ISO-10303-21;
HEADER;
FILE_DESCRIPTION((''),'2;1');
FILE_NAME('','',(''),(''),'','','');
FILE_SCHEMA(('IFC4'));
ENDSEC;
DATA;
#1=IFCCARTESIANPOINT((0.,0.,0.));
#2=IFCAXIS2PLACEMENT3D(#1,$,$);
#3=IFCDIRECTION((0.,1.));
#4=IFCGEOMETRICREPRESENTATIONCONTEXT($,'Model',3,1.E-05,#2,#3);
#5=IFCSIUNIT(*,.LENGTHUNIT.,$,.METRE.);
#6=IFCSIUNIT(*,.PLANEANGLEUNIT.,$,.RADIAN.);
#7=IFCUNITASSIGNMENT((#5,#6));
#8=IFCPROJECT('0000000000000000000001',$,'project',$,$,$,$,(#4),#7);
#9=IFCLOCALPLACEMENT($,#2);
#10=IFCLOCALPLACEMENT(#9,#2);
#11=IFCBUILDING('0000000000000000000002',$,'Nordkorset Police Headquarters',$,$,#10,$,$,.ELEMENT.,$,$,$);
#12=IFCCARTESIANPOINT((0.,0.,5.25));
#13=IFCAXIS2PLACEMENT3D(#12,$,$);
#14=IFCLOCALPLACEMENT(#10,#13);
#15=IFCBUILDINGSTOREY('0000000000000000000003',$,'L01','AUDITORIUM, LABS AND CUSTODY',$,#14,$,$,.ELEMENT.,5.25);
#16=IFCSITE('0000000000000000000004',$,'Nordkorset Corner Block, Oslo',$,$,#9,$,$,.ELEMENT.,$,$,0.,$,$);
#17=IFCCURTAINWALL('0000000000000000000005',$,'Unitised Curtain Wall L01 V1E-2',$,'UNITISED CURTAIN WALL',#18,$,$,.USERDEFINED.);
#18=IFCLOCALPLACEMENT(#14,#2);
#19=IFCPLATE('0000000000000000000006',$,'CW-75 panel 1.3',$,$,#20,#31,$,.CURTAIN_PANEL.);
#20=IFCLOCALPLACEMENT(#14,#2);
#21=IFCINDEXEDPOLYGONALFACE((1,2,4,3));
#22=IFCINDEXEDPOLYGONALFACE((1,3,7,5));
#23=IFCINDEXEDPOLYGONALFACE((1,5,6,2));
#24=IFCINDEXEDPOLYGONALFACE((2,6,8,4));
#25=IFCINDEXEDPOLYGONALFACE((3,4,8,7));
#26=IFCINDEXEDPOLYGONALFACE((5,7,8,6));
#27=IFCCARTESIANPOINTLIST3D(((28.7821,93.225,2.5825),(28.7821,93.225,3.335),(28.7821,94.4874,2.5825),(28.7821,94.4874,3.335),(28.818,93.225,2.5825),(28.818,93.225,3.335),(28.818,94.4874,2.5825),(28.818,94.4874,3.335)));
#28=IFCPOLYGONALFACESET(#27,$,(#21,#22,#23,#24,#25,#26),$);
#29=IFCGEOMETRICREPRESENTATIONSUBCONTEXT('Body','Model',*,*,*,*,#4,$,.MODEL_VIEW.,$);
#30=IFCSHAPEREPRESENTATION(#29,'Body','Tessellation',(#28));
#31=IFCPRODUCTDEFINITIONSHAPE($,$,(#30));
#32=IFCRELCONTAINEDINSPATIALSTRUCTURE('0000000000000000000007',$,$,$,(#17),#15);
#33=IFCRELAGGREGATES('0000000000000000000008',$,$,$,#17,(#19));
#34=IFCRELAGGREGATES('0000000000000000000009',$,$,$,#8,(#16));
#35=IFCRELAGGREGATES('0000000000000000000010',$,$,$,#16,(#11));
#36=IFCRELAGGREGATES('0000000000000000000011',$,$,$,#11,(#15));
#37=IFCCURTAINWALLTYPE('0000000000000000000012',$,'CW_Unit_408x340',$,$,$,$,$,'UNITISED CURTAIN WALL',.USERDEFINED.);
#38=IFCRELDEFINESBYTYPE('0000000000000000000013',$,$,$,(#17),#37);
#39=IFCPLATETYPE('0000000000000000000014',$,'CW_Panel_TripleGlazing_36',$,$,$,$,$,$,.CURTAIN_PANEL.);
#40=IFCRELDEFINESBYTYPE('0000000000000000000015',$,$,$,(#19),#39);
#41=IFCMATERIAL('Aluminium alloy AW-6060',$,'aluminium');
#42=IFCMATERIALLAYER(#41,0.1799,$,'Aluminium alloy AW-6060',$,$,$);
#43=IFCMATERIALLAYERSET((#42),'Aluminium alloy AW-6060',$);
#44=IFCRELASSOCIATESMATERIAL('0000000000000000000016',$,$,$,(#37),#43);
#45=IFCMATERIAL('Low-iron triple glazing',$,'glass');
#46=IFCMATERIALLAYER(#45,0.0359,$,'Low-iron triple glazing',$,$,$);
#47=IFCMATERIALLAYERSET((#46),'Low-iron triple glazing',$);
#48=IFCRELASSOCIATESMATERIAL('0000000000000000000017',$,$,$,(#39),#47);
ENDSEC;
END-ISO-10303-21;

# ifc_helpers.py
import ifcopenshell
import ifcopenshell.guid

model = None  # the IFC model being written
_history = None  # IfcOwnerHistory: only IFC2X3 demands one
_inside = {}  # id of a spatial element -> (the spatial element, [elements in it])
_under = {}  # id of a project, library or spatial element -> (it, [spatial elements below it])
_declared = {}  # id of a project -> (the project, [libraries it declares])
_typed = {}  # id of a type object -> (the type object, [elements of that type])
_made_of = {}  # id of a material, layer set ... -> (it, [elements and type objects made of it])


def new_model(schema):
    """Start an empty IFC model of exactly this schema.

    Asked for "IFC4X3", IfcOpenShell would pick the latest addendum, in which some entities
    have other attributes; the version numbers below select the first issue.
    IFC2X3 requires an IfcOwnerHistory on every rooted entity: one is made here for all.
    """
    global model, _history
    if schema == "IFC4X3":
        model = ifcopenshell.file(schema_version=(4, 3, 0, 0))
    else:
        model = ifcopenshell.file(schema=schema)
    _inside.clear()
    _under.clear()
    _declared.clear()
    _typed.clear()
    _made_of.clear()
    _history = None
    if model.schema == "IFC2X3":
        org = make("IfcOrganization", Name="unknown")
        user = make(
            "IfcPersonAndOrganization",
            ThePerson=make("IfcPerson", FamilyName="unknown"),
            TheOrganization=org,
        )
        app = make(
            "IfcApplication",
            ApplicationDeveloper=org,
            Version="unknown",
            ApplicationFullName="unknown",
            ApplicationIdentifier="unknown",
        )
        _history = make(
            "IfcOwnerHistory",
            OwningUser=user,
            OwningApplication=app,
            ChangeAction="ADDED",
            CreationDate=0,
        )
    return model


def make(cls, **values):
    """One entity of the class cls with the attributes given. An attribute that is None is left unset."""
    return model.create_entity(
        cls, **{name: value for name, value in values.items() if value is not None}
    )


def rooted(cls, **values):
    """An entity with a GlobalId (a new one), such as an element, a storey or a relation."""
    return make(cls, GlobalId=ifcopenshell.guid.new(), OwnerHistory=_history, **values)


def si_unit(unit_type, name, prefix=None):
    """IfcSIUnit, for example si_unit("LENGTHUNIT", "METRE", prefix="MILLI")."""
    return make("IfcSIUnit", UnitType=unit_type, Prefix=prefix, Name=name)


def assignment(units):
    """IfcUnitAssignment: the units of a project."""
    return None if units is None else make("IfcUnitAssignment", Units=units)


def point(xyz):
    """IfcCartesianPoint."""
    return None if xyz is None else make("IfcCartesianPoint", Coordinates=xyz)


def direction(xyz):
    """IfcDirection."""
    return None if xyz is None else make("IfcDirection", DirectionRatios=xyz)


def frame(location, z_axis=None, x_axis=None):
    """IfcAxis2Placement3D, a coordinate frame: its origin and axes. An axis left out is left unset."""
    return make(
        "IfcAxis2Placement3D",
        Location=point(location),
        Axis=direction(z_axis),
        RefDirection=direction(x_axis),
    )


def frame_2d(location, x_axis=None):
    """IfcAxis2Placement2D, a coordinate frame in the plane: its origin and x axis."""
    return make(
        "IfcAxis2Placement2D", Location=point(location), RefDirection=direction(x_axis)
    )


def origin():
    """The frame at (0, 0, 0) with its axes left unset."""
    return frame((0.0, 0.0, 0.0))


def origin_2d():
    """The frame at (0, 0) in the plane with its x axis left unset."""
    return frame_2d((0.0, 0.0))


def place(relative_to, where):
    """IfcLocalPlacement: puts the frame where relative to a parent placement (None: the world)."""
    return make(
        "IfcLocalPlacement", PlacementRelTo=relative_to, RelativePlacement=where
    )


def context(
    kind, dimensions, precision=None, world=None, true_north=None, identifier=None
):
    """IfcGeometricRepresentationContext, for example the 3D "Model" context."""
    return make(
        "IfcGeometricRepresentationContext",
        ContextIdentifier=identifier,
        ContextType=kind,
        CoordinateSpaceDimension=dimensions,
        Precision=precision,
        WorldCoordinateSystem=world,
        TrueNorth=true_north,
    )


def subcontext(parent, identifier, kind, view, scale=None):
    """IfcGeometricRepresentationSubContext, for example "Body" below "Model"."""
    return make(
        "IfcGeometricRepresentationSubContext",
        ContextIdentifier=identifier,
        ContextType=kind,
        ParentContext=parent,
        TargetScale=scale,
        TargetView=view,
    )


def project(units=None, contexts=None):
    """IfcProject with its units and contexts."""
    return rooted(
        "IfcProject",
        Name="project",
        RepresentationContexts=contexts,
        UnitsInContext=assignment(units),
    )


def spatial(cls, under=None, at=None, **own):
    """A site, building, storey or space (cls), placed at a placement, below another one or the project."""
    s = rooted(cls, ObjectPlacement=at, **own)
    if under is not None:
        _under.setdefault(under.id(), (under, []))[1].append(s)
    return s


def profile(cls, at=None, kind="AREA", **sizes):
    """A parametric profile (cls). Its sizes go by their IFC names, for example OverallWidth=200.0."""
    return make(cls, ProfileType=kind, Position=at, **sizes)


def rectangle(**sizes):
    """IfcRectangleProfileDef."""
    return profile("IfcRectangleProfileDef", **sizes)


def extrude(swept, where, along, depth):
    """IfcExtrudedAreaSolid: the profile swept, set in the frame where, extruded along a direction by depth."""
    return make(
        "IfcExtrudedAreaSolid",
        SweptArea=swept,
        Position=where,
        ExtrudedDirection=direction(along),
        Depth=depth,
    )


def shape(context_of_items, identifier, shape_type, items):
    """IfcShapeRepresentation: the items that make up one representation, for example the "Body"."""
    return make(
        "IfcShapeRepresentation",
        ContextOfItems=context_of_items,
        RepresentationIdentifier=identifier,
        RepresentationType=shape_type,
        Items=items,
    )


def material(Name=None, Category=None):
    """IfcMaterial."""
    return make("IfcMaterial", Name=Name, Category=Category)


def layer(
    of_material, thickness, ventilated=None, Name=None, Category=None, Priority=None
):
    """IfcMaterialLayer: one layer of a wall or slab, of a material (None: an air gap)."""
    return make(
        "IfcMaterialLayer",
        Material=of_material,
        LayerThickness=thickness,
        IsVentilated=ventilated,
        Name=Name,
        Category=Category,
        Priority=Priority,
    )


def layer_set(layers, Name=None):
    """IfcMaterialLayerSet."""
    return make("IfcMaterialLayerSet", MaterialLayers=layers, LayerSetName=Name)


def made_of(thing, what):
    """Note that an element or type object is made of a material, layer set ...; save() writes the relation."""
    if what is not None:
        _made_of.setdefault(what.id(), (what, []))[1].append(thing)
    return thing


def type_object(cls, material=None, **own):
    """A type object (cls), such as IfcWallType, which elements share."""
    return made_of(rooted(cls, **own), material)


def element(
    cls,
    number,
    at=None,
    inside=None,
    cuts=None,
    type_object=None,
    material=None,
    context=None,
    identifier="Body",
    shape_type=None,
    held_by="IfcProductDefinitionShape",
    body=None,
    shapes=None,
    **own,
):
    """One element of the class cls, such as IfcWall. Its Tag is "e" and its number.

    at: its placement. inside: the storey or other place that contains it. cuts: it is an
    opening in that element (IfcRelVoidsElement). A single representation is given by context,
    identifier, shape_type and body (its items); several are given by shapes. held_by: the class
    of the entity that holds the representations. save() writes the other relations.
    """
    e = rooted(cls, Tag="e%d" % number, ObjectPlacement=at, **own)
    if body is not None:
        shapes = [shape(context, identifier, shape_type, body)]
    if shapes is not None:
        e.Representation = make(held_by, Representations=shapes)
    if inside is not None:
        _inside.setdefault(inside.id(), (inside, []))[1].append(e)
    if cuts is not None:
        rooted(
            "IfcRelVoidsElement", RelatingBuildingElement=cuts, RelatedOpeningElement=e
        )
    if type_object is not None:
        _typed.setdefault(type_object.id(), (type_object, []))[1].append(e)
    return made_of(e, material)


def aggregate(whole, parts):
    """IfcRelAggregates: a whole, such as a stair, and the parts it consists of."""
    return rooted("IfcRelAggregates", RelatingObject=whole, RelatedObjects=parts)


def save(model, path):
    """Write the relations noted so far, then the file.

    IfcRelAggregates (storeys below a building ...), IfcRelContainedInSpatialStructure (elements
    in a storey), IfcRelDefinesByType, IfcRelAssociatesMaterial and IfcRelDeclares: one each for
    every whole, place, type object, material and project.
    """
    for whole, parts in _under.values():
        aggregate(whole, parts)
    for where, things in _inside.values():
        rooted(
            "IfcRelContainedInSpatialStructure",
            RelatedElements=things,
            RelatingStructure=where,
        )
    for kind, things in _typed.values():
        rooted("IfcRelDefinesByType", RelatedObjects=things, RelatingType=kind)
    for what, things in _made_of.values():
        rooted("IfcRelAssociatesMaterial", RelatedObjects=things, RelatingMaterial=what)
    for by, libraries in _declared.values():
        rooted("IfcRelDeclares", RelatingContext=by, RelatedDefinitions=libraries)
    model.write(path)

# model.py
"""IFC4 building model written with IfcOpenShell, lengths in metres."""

from ifc_helpers import new_model, si_unit, direction, frame, origin, origin_2d, place, context, subcontext, project, spatial, rectangle, extrude, material, layer, layer_set, type_object, element, aggregate, save


model = new_model("IFC4")

# Units and contexts
model_context = context("Model", 3, precision=1e-05, world=origin(), true_north=direction((0.0, 1.0)))
body_context = subcontext(model_context, "Body", "Model", "MODEL_VIEW")
ifc_project = project(units=[si_unit("LENGTHUNIT", "METRE"), si_unit("PLANEANGLEUNIT", "RADIAN")], contexts=[model_context])

# Site, building, storey
site_placement = place(None, origin())
site = spatial("IfcSite", under=ifc_project, at=site_placement, Name="Nordkorset Corner Block, Oslo", CompositionType="ELEMENT", RefElevation=0.0)
building_placement = place(site_placement, origin())
building = spatial("IfcBuilding", under=site, at=building_placement, Name="Nordkorset Police Headquarters", CompositionType="ELEMENT")
storey_placement = place(building_placement, frame((0.0, 0.0, 5.25)))
storey = spatial("IfcBuildingStorey", under=building, at=storey_placement, Name="L01", Description="AUDITORIUM, LABS AND CUSTODY", CompositionType="ELEMENT", Elevation=5.25)

# Curtain wall
ifc_material_1 = material(Name="Aluminium alloy AW-6060", Category="aluminium")
ifc_layer_1 = layer(ifc_material_1, 0.1799, Name="Aluminium alloy AW-6060")
ifc_layer_set_1 = layer_set([ifc_layer_1], Name="Aluminium alloy AW-6060")
curtain_wall_type = type_object("IfcCurtainWallType", Name="CW_Unit_408x340", ElementType="UNITISED CURTAIN WALL", PredefinedType="USERDEFINED", material=ifc_layer_set_1)
curtain_wall_1_placement = place(storey_placement, origin())
curtain_wall_1 = element("IfcCurtainWall", 1, at=curtain_wall_1_placement, inside=storey, type_object=curtain_wall_type, Name="Unitised Curtain Wall L01 V1E-2", ObjectType="UNITISED CURTAIN WALL", PredefinedType="USERDEFINED")

# Plate
ifc_material_2 = material(Name="Low-iron triple glazing", Category="glass")
ifc_layer_2 = layer(ifc_material_2, 0.0359, Name="Low-iron triple glazing")
ifc_layer_set_2 = layer_set([ifc_layer_2], Name="Low-iron triple glazing")
plate_type = type_object("IfcPlateType", Name="CW_Panel_TripleGlazing_36", PredefinedType="CURTAIN_PANEL", material=ifc_layer_set_2)
plate_1_placement = place(storey_placement, frame((28.8, 93.8562, 2.5825), z_axis=(0.0, 0.0, 1.0), x_axis=(0.0, 1.0, 0.0)))
plate_1 = element("IfcPlate", 2, at=plate_1_placement, type_object=plate_type, Name="CW-75 panel 1.3", PredefinedType="CURTAIN_PANEL", context=body_context, shape_type="SweptSolid", body=[
    extrude(rectangle(XDim=1.2625, YDim=0.0359, at=origin_2d()), origin(), (0.0, 0.0, 1.0), 0.7524),
])
aggregate(curtain_wall_1, [plate_1])

save(model, "model.ifc")
